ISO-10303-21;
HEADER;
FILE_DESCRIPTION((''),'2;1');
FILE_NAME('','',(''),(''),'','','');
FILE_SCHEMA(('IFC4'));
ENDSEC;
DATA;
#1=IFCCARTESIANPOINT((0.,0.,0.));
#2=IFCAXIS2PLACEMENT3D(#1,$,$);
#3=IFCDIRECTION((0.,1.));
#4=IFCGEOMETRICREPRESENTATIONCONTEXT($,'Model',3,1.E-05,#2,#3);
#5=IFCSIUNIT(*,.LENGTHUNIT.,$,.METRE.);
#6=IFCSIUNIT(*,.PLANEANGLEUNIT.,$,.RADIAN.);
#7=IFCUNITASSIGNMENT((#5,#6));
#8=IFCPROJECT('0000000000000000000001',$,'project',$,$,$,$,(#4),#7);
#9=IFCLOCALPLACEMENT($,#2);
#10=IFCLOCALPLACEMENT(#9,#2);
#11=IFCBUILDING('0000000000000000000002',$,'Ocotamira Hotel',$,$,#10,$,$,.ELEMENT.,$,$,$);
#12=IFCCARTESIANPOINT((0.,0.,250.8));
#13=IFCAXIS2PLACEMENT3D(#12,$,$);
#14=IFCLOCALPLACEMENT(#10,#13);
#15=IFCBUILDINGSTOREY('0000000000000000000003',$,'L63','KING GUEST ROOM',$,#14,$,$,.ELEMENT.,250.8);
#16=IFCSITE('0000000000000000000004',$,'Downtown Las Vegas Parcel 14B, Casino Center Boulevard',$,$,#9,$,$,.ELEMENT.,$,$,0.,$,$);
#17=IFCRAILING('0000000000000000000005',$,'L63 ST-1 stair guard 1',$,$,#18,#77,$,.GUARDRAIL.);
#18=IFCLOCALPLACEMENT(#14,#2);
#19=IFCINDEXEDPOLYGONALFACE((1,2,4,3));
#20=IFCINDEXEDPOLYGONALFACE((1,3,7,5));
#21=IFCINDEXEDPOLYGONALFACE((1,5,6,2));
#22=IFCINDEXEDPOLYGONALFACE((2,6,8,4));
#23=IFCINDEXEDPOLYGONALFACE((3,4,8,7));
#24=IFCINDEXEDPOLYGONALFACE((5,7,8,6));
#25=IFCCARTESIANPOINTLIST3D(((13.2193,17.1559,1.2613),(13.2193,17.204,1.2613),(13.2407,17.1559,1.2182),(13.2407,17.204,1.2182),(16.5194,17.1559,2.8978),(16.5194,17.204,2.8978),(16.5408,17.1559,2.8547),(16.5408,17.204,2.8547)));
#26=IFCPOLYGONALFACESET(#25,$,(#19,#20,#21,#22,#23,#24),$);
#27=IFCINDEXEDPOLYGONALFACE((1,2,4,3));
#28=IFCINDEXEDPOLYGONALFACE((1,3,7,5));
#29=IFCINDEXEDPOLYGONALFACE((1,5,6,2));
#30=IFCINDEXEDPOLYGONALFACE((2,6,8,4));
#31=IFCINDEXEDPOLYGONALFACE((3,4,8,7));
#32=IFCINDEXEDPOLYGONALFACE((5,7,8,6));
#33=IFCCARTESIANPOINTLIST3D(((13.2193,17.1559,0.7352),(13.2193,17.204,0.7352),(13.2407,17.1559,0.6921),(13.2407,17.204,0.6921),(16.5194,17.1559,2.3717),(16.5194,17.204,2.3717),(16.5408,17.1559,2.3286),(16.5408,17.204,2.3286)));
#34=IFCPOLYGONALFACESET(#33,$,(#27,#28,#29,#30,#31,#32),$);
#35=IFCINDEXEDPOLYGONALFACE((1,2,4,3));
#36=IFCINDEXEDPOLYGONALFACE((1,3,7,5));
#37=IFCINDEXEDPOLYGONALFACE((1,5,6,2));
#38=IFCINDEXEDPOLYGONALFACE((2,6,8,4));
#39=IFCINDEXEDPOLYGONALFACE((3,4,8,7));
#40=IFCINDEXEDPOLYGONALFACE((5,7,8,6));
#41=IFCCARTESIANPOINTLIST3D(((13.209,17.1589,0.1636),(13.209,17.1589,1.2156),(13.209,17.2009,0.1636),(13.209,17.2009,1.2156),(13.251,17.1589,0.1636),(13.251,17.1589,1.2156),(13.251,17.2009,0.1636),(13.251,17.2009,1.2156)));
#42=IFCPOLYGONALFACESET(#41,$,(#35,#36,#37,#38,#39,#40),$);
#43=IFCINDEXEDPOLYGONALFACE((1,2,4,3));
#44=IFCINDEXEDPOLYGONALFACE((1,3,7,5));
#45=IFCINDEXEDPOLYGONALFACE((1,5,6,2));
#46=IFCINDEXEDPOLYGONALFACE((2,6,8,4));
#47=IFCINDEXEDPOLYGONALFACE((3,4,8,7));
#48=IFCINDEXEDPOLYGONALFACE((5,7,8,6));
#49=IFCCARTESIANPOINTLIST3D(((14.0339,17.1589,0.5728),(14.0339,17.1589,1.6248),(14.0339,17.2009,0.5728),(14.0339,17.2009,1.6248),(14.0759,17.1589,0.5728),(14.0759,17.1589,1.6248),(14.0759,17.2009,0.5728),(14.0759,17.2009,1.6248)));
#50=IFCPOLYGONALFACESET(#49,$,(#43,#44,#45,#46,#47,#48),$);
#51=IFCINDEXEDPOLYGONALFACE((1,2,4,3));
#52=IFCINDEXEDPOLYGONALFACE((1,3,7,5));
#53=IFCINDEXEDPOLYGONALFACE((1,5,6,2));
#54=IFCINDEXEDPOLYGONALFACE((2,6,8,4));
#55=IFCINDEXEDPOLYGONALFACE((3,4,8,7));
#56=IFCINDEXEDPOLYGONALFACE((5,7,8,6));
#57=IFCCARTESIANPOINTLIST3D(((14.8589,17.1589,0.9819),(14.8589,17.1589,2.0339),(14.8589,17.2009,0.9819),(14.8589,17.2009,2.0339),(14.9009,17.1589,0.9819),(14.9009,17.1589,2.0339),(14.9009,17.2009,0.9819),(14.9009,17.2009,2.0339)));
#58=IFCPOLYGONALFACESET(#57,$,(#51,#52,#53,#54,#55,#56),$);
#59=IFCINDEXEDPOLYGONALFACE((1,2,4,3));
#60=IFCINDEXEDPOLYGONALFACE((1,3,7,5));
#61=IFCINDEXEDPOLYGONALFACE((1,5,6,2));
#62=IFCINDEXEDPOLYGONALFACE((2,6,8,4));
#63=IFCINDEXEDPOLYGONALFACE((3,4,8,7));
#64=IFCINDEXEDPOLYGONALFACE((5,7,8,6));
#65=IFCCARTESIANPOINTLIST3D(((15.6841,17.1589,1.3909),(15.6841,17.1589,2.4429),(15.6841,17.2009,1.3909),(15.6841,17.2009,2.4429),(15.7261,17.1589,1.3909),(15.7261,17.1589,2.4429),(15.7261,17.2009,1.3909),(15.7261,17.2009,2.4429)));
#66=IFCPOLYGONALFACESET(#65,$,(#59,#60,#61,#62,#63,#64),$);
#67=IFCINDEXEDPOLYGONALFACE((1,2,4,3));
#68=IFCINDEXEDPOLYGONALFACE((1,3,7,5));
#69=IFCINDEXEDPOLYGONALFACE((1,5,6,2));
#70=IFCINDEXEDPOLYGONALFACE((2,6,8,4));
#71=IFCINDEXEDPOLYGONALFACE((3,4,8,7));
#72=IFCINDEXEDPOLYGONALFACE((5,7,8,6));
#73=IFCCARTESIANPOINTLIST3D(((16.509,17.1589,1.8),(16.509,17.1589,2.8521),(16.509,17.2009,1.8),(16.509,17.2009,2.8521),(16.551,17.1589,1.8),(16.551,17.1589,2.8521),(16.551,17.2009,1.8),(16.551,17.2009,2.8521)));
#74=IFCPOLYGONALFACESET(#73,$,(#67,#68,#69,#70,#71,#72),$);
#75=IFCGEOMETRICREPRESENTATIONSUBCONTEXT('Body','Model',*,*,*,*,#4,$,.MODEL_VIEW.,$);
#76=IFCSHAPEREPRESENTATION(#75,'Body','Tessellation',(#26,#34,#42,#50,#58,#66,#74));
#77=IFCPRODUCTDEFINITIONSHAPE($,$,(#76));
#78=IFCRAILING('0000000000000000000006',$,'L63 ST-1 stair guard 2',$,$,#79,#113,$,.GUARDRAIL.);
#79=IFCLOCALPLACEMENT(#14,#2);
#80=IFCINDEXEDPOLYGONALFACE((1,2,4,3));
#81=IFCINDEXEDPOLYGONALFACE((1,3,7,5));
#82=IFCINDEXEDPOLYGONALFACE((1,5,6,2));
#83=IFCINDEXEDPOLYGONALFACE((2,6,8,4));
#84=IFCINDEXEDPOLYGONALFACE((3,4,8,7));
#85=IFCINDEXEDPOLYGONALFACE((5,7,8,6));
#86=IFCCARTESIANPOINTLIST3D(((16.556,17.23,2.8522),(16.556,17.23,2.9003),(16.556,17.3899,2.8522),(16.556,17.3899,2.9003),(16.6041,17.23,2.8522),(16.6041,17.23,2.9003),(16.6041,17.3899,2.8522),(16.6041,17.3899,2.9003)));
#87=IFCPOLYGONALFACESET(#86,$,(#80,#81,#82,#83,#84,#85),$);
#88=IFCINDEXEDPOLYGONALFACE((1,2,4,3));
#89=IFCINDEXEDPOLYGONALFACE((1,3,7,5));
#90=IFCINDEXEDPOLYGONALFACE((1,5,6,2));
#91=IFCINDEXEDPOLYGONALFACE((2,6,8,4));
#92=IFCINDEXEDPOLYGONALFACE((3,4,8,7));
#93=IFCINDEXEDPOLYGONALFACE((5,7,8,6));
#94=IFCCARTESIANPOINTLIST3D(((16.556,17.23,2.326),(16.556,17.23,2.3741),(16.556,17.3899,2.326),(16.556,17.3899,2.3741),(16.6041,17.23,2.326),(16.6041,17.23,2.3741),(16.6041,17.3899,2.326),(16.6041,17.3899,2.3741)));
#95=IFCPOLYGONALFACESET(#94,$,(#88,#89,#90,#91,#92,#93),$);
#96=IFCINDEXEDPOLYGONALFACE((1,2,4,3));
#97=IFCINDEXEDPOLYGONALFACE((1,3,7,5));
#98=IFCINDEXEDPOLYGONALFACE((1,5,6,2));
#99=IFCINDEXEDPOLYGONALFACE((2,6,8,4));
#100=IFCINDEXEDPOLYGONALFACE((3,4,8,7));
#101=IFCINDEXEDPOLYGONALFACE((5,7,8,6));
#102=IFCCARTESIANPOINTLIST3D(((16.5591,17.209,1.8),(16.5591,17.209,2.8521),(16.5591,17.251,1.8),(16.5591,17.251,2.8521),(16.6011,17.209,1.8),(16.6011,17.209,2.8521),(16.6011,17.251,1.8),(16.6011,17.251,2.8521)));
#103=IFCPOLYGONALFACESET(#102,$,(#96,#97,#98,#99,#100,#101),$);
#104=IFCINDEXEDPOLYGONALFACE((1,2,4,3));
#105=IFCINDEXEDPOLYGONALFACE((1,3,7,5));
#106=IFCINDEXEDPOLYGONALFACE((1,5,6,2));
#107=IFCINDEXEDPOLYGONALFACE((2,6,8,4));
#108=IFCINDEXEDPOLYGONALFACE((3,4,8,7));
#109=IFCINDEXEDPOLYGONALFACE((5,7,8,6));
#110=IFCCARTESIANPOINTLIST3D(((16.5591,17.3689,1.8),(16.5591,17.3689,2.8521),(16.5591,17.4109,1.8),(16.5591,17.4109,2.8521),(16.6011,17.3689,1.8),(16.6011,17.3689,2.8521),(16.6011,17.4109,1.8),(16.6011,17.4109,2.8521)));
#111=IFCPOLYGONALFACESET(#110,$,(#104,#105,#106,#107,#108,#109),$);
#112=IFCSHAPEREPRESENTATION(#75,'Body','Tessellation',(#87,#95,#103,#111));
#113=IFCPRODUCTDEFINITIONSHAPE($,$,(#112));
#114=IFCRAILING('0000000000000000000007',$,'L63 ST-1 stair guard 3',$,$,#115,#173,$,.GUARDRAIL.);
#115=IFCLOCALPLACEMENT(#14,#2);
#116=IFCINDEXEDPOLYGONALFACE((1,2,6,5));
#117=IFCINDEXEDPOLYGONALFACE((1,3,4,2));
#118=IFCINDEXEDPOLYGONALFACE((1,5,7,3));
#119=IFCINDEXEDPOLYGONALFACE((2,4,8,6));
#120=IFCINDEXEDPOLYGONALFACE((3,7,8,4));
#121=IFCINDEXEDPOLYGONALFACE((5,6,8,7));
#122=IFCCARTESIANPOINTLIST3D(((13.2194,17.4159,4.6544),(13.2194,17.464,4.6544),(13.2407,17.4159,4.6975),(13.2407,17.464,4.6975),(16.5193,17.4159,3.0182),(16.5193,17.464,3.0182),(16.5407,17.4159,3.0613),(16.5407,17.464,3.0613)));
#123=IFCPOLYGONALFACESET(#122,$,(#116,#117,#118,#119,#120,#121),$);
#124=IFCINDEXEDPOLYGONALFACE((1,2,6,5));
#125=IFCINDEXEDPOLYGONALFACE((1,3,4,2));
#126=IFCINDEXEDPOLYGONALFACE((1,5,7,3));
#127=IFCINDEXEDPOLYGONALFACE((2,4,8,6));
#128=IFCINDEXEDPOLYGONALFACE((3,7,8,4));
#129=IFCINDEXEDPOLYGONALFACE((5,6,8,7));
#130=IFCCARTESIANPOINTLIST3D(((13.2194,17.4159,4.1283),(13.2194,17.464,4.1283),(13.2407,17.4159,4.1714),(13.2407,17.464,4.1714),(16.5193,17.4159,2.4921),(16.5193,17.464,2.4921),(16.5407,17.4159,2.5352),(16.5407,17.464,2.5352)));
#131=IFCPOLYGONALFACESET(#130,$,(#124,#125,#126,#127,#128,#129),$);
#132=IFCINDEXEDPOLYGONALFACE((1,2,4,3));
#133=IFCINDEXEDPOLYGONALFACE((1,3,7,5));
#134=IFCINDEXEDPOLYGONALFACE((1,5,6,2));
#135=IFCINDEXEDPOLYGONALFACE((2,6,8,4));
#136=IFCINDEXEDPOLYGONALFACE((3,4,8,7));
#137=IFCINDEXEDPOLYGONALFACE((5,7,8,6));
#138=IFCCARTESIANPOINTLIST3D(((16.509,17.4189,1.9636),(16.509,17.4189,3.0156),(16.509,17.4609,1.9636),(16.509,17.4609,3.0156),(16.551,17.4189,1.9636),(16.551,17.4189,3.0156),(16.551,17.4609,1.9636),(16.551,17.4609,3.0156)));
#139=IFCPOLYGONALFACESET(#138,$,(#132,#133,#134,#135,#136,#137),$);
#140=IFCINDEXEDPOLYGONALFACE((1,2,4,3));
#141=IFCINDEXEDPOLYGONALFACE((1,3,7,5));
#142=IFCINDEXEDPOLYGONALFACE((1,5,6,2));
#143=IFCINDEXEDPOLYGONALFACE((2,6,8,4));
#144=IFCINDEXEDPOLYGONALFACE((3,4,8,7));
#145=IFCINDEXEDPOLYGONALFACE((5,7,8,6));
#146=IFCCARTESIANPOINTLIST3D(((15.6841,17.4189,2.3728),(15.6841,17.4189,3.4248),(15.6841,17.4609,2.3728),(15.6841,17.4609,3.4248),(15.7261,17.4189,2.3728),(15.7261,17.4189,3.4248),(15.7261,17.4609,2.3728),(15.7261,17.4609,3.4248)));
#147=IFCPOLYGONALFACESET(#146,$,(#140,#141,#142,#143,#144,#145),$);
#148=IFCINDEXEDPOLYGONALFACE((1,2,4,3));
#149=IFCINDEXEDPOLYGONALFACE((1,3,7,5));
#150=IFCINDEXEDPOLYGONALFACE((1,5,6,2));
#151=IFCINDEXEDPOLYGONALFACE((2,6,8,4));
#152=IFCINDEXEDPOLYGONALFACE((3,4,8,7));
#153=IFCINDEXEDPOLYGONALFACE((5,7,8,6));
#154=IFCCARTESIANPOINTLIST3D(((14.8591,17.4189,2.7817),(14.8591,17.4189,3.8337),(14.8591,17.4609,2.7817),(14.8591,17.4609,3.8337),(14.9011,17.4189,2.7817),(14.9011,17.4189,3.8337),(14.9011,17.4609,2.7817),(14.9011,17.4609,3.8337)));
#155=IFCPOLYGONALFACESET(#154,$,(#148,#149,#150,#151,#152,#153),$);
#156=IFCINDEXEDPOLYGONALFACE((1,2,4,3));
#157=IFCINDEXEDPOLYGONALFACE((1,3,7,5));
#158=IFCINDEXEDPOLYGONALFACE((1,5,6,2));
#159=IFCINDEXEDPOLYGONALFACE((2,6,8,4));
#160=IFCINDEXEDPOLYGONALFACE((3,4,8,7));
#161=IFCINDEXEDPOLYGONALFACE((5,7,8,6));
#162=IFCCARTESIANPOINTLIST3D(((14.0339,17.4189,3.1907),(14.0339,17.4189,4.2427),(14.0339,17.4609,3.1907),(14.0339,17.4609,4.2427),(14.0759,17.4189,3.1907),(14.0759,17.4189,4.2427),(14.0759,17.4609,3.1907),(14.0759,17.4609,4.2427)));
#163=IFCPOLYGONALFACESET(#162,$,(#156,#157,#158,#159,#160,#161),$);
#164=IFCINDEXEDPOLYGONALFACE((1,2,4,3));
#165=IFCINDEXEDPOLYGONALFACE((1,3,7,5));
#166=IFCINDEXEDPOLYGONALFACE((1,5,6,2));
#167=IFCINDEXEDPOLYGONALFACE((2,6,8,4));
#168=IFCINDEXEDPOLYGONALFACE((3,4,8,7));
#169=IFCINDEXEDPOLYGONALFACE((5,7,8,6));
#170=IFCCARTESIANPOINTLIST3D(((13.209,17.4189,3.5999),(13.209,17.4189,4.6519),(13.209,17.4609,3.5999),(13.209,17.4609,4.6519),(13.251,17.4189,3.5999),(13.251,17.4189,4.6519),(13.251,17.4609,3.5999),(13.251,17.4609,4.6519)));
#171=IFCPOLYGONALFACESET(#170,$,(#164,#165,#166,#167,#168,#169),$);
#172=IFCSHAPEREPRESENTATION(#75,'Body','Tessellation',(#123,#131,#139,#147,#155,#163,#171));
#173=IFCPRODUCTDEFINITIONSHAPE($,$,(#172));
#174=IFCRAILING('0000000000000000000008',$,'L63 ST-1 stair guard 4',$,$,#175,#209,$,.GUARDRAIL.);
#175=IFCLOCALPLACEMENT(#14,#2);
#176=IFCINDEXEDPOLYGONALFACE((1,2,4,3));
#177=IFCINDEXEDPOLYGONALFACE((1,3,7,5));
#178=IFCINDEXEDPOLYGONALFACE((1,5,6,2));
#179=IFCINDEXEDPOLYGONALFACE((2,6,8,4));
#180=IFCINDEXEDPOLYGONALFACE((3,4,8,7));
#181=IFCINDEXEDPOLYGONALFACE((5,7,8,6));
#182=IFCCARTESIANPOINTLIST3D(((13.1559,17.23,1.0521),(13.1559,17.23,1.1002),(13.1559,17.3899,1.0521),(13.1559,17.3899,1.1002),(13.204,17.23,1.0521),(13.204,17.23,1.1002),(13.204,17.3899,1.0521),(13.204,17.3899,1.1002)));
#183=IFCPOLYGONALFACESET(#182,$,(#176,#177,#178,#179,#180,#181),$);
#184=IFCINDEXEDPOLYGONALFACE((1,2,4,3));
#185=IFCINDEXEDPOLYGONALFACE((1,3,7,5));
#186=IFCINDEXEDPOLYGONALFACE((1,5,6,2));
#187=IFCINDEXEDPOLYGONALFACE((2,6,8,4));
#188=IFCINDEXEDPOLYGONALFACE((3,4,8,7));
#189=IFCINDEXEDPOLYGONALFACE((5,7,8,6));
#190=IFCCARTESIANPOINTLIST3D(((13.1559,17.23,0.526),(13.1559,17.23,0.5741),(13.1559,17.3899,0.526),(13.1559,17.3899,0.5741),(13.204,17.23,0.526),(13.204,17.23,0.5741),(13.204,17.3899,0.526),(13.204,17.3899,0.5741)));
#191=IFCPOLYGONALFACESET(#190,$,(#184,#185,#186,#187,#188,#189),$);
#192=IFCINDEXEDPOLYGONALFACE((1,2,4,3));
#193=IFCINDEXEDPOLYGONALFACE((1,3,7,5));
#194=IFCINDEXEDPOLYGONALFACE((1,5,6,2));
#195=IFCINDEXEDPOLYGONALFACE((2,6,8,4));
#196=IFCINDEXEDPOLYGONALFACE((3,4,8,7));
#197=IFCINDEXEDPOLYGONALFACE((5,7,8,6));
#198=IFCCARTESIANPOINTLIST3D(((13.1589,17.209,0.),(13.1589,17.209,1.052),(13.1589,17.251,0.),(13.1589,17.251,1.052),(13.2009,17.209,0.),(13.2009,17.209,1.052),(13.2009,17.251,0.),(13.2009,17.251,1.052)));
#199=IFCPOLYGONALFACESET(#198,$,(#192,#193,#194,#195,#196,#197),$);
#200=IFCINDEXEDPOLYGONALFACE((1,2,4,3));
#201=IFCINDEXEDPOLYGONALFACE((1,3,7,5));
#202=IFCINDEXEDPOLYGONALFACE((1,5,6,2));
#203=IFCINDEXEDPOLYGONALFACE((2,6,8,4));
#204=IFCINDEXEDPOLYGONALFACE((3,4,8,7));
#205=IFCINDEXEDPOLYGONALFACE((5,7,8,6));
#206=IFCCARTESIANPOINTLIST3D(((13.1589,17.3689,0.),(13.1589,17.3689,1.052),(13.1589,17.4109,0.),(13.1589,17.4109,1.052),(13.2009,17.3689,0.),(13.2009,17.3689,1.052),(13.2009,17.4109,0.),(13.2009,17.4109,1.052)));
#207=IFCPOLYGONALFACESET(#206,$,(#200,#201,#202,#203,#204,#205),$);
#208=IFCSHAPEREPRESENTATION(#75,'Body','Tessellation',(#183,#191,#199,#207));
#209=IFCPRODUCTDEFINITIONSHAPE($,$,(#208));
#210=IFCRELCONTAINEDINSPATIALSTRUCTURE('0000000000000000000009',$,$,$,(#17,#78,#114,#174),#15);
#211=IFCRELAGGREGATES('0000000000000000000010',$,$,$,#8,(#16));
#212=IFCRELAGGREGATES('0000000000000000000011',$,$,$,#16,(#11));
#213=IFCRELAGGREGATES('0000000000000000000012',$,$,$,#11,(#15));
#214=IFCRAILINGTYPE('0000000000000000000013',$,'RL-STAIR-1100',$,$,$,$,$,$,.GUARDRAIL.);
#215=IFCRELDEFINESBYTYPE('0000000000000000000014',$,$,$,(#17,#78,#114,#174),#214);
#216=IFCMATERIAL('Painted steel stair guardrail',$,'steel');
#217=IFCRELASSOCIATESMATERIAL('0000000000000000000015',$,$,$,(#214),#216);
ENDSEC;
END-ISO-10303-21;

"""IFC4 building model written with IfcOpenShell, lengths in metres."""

from ifc_helpers import new_model, si_unit, direction, frame, origin, origin_2d, place, context, subcontext, project, spatial, rectangle, extrude, material, type_object, element, save


model = new_model("IFC4")

# Units and contexts
model_context = context("Model", 3, precision=1e-05, world=origin(), true_north=direction((0.0, 1.0)))
body_context = subcontext(model_context, "Body", "Model", "MODEL_VIEW")
ifc_project = project(units=[si_unit("LENGTHUNIT", "METRE"), si_unit("PLANEANGLEUNIT", "RADIAN")], contexts=[model_context])

# Site, building, storey
site_placement = place(None, origin())
site = spatial("IfcSite", under=ifc_project, at=site_placement, Name="Downtown Las Vegas Parcel 14B, Casino Center Boulevard", CompositionType="ELEMENT", RefElevation=0.0)
building_placement = place(site_placement, origin())
building = spatial("IfcBuilding", under=site, at=building_placement, Name="Ocotamira Hotel", CompositionType="ELEMENT")
storey_placement = place(building_placement, frame((0.0, 0.0, 250.8)))
storey = spatial("IfcBuildingStorey", under=building, at=storey_placement, Name="L63", Description="KING GUEST ROOM", CompositionType="ELEMENT", Elevation=250.8)

# Railings
ifc_material_1 = material(Name="Painted steel stair guardrail", Category="steel")
railing_type_1 = type_object("IfcRailingType", Name="RL-STAIR-1100", PredefinedType="GUARDRAIL", material=ifc_material_1)
railing_1_placement = place(storey_placement, frame((13.23, 17.1799, 0.1636)))
element("IfcRailing", 1, at=railing_1_placement, inside=storey, type_object=railing_type_1, Name="L63 ST-1 stair guard 1", PredefinedType="GUARDRAIL", context=body_context, shape_type="SweptSolid", body=[
    extrude(rectangle(XDim=0.0481, YDim=0.0481, at=origin_2d()), frame((0.0, 0.0, 1.0762), z_axis=(0.895894, 0.0, 0.444268), x_axis=(0.0, 1.0, 0.0)), (0.0, 0.0, 1.0), 3.6836),
    extrude(rectangle(XDim=0.0481, YDim=0.0481, at=origin_2d()), frame((0.0, 0.0, 0.55), z_axis=(0.895894, 0.0, 0.444268), x_axis=(0.0, 1.0, 0.0)), (0.0, 0.0, 1.0), 3.6836),
    extrude(rectangle(XDim=0.042, YDim=0.042, at=origin_2d()), origin(), (0.0, 0.0, 1.0), 1.052),
    extrude(rectangle(XDim=0.042, YDim=0.042, at=origin_2d()), frame((0.825, 0.0, 0.4092)), (0.0, 0.0, 1.0), 1.052),
    extrude(rectangle(XDim=0.042, YDim=0.042, at=origin_2d()), frame((1.6499, 0.0, 0.8184)), (0.0, 0.0, 1.0), 1.052),
    extrude(rectangle(XDim=0.042, YDim=0.042, at=origin_2d()), frame((2.4751, 0.0, 1.2273)), (0.0, 0.0, 1.0), 1.052),
    extrude(rectangle(XDim=0.042, YDim=0.042, at=origin_2d()), frame((3.3, 0.0, 1.6365)), (0.0, 0.0, 1.0), 1.052),
])
railing_2_placement = place(storey_placement, frame((16.5801, 17.23, 1.8)))
element("IfcRailing", 2, at=railing_2_placement, inside=storey, type_object=railing_type_1, Name="L63 ST-1 stair guard 2", PredefinedType="GUARDRAIL", context=body_context, shape_type="SweptSolid", body=[
    extrude(rectangle(XDim=0.0481, YDim=0.0481, at=origin_2d()), frame((0.0, 0.0, 1.0762), z_axis=(0.0, 1.0, 0.0), x_axis=(-1.0, 0.0, 0.0)), (0.0, 0.0, 1.0), 0.1599),
    extrude(rectangle(XDim=0.0481, YDim=0.0481, at=origin_2d()), frame((0.0, 0.0, 0.55), z_axis=(0.0, 1.0, 0.0), x_axis=(-1.0, 0.0, 0.0)), (0.0, 0.0, 1.0), 0.1599),
    extrude(rectangle(XDim=0.042, YDim=0.042, at=origin_2d()), origin(), (0.0, 0.0, 1.0), 1.052),
    extrude(rectangle(XDim=0.042, YDim=0.042, at=origin_2d()), frame((0.0, 0.1599, 0.0)), (0.0, 0.0, 1.0), 1.052),
])
railing_3_placement = place(storey_placement, frame((16.53, 17.4399, 1.9636)))
element("IfcRailing", 3, at=railing_3_placement, inside=storey, type_object=railing_type_1, Name="L63 ST-1 stair guard 3", PredefinedType="GUARDRAIL", context=body_context, shape_type="SweptSolid", body=[
    extrude(rectangle(XDim=0.0481, YDim=0.0481, at=origin_2d()), frame((0.0, 0.0, 1.0762), z_axis=(-0.89592, 0.0, 0.444215), x_axis=(0.0, -1.0, 0.0)), (0.0, 0.0, 1.0), 3.6833),
    extrude(rectangle(XDim=0.0481, YDim=0.0481, at=origin_2d()), frame((0.0, 0.0, 0.55), z_axis=(-0.89592, 0.0, 0.444215), x_axis=(0.0, -1.0, 0.0)), (0.0, 0.0, 1.0), 3.6833),
    extrude(rectangle(XDim=0.042, YDim=0.042, at=origin_2d()), origin(), (0.0, 0.0, 1.0), 1.052),
    extrude(rectangle(XDim=0.042, YDim=0.042, at=origin_2d()), frame((-0.825, 0.0, 0.4092)), (0.0, 0.0, 1.0), 1.052),
    extrude(rectangle(XDim=0.042, YDim=0.042, at=origin_2d()), frame((-1.6499, 0.0, 0.8181)), (0.0, 0.0, 1.0), 1.052),
    extrude(rectangle(XDim=0.042, YDim=0.042, at=origin_2d()), frame((-2.4751, 0.0, 1.2271)), (0.0, 0.0, 1.0), 1.052),
    extrude(rectangle(XDim=0.042, YDim=0.042, at=origin_2d()), frame((-3.3, 0.0, 1.6362)), (0.0, 0.0, 1.0), 1.052),
])
railing_4_placement = place(storey_placement, frame((13.1799, 17.23, 0.0)))
element("IfcRailing", 4, at=railing_4_placement, inside=storey, type_object=railing_type_1, Name="L63 ST-1 stair guard 4", PredefinedType="GUARDRAIL", context=body_context, shape_type="SweptSolid", body=[
    extrude(rectangle(XDim=0.0481, YDim=0.0481, at=origin_2d()), frame((0.0, 0.0, 1.0762), z_axis=(0.0, 1.0, 0.0), x_axis=(-1.0, 0.0, 0.0)), (0.0, 0.0, 1.0), 0.1599),
    extrude(rectangle(XDim=0.0481, YDim=0.0481, at=origin_2d()), frame((0.0, 0.0, 0.55), z_axis=(0.0, 1.0, 0.0), x_axis=(-1.0, 0.0, 0.0)), (0.0, 0.0, 1.0), 0.1599),
    extrude(rectangle(XDim=0.042, YDim=0.042, at=origin_2d()), origin(), (0.0, 0.0, 1.0), 1.052),
    extrude(rectangle(XDim=0.042, YDim=0.042, at=origin_2d()), frame((0.0, 0.1599, 0.0)), (0.0, 0.0, 1.0), 1.052),
])

save(model, "model.ifc")
